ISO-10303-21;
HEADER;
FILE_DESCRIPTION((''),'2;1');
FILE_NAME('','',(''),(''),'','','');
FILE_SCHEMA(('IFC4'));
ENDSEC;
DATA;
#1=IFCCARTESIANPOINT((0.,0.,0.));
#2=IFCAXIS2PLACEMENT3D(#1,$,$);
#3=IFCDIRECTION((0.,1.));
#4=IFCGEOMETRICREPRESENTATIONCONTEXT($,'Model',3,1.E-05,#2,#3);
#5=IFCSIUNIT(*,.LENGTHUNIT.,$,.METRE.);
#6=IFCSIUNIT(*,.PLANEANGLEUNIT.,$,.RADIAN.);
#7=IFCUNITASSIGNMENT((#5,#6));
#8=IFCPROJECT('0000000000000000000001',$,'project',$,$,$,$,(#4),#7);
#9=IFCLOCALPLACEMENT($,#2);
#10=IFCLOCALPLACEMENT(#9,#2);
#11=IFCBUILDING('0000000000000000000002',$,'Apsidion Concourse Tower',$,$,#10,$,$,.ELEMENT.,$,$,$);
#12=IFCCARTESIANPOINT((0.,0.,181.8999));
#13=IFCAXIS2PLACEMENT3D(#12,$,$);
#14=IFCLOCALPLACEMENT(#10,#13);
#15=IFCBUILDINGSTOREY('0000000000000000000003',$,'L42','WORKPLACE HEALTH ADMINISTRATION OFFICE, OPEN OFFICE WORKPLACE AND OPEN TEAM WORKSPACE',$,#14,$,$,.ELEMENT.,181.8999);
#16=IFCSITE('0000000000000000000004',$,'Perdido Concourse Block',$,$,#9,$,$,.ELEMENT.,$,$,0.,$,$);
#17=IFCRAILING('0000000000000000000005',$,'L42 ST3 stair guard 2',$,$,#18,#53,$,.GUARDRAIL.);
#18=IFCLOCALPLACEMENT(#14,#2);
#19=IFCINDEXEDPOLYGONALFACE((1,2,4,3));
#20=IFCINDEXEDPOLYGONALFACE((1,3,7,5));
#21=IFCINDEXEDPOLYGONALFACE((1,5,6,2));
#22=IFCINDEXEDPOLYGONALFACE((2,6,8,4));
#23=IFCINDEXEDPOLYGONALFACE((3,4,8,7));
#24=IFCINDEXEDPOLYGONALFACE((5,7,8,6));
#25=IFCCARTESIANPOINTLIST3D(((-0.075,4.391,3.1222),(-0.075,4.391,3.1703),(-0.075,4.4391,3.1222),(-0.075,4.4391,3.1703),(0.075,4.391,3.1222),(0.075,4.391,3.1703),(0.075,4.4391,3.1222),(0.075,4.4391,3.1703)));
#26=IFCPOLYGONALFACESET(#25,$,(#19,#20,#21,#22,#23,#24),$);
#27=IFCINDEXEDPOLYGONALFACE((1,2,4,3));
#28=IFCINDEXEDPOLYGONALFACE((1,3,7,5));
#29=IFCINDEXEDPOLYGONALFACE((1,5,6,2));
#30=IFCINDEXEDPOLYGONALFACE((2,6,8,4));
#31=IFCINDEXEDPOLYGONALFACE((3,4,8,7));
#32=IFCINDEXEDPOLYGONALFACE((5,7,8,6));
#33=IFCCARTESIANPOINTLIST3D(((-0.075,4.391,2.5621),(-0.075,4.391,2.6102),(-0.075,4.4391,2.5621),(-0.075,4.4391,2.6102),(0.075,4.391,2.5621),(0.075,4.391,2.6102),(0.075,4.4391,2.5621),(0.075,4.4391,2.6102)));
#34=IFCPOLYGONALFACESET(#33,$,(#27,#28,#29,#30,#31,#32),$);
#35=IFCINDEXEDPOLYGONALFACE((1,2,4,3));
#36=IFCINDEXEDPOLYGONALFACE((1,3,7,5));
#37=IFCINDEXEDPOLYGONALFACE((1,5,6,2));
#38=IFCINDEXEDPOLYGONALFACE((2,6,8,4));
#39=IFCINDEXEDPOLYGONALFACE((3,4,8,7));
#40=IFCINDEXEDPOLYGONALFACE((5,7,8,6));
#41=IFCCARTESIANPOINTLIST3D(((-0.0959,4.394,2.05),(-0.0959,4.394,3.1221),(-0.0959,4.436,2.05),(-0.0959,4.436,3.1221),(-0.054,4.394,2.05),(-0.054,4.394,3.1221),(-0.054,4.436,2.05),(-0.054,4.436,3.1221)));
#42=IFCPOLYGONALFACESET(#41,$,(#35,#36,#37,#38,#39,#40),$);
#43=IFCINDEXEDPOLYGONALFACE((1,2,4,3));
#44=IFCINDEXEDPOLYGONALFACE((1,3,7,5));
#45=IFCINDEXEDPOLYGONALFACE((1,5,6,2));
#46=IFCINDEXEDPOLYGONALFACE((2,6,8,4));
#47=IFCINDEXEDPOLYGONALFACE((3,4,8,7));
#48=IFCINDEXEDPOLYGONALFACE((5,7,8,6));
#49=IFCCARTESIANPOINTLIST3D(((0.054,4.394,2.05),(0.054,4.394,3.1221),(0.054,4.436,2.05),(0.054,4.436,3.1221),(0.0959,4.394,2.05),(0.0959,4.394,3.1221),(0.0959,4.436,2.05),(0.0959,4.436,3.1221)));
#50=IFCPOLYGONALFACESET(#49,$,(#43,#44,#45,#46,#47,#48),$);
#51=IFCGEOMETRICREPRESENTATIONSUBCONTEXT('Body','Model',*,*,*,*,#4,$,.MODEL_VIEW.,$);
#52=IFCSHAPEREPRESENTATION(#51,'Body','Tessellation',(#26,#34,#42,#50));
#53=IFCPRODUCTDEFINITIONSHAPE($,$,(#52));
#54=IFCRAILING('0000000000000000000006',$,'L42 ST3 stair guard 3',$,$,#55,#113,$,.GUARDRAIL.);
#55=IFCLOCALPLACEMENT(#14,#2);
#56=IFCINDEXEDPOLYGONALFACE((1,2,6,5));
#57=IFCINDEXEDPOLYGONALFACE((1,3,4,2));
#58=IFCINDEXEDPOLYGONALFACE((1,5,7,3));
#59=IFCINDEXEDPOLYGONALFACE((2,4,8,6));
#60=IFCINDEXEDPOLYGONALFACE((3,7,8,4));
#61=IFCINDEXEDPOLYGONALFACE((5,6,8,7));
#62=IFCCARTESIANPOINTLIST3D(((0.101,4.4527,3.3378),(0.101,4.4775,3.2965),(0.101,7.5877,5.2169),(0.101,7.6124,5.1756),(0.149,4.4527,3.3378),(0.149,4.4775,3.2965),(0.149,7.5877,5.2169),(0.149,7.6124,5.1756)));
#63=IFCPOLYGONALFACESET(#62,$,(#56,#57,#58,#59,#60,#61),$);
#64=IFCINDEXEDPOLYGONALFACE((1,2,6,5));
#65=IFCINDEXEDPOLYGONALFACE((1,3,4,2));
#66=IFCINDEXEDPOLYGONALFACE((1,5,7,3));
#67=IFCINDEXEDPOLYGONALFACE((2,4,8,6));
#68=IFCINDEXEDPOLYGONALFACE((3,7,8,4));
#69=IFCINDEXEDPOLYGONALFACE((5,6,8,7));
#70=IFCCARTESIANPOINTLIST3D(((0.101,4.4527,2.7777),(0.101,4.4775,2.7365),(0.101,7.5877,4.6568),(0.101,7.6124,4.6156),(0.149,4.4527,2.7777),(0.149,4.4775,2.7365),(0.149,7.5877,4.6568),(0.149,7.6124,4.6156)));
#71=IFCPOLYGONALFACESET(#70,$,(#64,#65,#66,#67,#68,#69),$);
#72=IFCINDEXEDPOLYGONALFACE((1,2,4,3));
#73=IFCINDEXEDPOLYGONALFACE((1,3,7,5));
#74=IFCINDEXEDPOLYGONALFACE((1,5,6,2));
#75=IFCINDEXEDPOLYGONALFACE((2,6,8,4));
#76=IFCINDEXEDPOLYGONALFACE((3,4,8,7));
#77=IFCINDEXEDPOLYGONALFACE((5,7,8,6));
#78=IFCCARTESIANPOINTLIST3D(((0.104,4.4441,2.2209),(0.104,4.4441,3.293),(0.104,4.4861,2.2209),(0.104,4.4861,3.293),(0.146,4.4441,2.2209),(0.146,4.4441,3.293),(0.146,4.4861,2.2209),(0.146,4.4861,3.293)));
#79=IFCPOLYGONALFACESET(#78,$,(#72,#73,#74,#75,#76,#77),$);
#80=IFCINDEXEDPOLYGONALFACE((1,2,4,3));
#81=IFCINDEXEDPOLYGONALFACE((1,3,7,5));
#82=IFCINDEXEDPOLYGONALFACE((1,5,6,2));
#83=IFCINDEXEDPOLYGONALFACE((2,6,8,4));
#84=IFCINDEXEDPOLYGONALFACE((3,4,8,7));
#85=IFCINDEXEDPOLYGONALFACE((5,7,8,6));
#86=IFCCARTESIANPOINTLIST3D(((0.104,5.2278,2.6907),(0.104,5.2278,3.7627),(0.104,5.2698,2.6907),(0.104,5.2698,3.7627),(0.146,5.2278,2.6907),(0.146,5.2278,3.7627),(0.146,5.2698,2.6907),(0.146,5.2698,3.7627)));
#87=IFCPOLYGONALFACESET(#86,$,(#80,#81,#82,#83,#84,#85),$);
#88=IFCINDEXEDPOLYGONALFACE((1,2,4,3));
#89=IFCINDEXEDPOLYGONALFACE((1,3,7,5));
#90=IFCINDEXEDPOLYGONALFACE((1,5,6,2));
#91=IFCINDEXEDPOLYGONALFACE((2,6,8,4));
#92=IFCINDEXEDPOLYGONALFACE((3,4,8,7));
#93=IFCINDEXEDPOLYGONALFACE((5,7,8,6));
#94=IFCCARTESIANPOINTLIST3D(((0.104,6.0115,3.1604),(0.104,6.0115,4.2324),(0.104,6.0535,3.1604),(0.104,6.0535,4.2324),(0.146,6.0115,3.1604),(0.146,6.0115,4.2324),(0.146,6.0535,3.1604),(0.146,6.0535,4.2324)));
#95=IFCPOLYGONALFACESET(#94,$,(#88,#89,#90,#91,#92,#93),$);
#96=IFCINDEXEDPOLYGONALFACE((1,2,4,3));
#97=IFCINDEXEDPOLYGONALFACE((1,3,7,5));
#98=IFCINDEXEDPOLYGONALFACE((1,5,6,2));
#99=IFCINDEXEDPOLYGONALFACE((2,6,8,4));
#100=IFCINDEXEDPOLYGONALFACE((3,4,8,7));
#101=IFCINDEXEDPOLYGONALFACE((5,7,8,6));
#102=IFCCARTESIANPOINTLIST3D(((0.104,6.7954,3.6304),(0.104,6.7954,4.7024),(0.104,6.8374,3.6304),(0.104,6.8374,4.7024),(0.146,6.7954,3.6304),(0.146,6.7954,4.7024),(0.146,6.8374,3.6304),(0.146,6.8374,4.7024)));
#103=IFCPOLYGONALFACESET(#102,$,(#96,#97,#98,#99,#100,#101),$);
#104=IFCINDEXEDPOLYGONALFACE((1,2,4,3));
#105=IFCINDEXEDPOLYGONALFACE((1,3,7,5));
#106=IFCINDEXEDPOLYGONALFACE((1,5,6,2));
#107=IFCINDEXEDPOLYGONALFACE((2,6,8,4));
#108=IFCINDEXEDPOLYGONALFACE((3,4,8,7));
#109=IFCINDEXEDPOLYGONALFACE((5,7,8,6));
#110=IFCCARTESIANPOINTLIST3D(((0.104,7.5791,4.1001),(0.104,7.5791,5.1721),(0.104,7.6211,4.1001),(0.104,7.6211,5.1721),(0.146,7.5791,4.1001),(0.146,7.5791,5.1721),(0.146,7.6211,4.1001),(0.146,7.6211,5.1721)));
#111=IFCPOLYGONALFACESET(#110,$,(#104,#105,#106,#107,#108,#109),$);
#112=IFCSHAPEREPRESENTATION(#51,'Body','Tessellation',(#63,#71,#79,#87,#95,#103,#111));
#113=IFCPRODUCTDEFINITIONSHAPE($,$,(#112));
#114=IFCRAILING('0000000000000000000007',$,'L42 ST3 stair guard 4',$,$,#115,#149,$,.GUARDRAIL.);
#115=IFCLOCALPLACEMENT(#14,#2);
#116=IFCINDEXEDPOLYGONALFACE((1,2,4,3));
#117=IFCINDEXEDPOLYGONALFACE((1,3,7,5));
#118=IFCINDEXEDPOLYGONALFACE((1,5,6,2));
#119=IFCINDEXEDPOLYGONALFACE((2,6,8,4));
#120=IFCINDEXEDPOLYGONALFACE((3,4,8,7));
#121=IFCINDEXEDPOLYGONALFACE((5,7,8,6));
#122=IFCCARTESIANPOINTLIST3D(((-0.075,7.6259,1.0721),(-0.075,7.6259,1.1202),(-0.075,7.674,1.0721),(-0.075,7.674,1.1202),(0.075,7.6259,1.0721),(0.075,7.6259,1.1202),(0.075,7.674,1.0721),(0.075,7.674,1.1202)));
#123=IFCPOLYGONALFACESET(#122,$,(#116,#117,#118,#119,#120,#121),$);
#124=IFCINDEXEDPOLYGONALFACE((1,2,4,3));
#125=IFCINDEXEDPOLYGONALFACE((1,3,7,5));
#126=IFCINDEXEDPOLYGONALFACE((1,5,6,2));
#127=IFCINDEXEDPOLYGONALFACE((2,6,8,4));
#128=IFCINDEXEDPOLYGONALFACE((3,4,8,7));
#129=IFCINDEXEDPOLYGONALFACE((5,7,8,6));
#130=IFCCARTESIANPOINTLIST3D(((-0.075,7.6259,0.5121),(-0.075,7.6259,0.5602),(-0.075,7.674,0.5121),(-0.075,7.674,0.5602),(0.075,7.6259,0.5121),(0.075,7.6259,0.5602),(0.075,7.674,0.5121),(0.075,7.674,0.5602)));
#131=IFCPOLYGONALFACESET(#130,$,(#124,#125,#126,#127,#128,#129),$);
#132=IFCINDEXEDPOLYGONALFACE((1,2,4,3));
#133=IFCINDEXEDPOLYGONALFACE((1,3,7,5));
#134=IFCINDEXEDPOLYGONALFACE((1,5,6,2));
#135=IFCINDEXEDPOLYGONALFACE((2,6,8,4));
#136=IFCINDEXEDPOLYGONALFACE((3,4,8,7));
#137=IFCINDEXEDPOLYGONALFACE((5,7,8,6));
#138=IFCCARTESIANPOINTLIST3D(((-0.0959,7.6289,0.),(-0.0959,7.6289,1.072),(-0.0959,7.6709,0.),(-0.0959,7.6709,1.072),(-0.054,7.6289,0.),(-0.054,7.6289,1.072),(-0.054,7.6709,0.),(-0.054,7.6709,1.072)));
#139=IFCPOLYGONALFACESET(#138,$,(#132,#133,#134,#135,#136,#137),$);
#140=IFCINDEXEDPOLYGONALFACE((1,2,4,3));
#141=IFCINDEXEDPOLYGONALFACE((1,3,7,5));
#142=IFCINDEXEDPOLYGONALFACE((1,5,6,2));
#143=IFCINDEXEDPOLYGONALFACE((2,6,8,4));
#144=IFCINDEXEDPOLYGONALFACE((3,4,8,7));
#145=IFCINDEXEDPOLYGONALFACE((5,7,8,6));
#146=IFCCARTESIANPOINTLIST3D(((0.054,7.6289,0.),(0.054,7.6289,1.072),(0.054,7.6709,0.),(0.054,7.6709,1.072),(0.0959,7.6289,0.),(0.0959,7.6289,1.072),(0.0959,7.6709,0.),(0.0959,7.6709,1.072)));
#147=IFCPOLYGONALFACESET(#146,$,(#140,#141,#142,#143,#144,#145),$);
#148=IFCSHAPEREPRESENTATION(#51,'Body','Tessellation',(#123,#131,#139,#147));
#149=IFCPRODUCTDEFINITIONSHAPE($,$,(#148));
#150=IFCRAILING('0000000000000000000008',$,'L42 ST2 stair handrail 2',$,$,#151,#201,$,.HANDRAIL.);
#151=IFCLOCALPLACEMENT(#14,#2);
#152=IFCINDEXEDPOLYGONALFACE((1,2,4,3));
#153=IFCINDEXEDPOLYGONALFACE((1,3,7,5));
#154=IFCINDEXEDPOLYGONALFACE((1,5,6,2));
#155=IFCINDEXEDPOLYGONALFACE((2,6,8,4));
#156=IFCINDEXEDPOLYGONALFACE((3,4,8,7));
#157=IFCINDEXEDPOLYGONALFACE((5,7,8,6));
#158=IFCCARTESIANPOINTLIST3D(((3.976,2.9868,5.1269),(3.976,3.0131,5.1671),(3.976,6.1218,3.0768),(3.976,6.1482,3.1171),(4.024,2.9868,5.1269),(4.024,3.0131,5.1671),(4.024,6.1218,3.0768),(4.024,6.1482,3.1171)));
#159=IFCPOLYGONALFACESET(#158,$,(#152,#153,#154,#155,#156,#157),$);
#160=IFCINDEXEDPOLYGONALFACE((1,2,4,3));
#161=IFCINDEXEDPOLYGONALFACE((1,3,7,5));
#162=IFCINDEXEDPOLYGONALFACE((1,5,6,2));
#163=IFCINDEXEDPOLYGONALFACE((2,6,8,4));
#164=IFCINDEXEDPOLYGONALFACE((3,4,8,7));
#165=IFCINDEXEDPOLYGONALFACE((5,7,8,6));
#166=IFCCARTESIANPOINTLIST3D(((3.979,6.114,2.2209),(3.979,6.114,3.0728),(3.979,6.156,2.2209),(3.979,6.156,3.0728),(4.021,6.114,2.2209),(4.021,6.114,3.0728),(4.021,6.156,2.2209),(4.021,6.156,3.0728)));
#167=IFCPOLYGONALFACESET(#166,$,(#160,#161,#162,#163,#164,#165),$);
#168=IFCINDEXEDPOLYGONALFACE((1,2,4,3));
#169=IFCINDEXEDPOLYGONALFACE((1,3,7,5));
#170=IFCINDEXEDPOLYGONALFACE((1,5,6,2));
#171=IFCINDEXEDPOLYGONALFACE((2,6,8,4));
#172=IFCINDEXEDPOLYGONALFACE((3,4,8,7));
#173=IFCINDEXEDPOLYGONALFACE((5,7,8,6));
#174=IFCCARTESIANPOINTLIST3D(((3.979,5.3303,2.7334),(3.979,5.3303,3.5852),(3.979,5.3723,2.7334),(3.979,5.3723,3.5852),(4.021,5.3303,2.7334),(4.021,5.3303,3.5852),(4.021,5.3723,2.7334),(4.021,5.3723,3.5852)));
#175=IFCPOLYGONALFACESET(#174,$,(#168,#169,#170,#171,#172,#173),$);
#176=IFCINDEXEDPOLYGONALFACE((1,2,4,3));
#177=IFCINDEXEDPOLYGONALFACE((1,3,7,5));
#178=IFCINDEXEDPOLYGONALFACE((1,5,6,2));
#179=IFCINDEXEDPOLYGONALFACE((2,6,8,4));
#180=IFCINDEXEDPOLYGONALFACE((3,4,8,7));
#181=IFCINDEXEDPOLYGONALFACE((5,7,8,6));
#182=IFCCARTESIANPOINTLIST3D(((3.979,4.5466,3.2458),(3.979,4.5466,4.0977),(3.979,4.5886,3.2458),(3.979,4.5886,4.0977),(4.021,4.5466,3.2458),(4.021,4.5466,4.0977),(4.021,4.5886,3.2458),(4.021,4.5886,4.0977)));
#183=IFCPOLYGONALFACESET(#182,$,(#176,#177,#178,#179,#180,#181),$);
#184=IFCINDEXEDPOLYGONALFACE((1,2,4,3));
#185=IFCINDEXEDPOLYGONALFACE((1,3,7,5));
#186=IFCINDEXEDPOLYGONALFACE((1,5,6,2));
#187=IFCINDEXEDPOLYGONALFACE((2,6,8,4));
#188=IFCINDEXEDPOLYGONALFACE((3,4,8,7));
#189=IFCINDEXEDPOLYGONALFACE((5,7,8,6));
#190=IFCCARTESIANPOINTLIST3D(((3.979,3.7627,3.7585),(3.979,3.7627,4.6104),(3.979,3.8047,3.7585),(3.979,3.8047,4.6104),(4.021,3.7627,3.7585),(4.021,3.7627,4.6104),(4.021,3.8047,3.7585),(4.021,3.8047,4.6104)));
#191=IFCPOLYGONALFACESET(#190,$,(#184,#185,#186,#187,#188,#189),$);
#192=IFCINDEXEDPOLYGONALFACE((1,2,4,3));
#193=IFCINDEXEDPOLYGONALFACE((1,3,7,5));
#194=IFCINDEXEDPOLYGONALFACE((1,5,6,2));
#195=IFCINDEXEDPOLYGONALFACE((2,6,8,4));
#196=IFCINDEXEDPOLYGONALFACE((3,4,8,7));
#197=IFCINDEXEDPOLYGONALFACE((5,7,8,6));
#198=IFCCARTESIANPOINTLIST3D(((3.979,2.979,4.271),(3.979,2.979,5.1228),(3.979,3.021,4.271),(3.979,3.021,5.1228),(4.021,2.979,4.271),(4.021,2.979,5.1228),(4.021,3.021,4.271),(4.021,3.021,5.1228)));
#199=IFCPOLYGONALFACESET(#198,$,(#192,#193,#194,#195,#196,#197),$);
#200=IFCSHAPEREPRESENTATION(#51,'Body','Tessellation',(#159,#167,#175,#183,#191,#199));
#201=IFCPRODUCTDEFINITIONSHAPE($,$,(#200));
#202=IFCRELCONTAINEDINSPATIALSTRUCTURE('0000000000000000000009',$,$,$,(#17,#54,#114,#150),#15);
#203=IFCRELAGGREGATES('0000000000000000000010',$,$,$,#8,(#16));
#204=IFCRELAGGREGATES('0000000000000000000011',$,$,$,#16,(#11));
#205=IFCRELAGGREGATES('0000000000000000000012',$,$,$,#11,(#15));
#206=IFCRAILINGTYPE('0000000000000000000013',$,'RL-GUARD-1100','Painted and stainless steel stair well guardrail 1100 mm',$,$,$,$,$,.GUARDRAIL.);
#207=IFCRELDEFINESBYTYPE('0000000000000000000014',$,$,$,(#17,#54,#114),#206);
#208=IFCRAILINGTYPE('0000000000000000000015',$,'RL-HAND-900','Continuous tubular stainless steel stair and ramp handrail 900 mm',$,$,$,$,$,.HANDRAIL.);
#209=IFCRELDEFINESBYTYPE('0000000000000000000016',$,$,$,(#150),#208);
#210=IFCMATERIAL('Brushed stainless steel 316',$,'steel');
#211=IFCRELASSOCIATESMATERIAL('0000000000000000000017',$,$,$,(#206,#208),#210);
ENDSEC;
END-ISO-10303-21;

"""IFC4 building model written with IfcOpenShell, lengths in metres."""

from ifc_helpers import new_model, si_unit, direction, frame, origin, origin_2d, place, context, subcontext, project, spatial, rectangle, extrude, material, type_object, element, save


model = new_model("IFC4")

# Units and contexts
model_context = context("Model", 3, precision=1e-05, world=origin(), true_north=direction((0.0, 1.0)))
body_context = subcontext(model_context, "Body", "Model", "MODEL_VIEW")
ifc_project = project(units=[si_unit("LENGTHUNIT", "METRE"), si_unit("PLANEANGLEUNIT", "RADIAN")], contexts=[model_context])

# Site, building, storey
site_placement = place(None, origin())
site = spatial("IfcSite", under=ifc_project, at=site_placement, Name="Perdido Concourse Block", CompositionType="ELEMENT", RefElevation=0.0)
building_placement = place(site_placement, origin())
building = spatial("IfcBuilding", under=site, at=building_placement, Name="Apsidion Concourse Tower", CompositionType="ELEMENT")
storey_placement = place(building_placement, frame((0.0, 0.0, 181.8999)))
storey = spatial("IfcBuildingStorey", under=building, at=storey_placement, Name="L42", Description="WORKPLACE HEALTH ADMINISTRATION OFFICE, OPEN OFFICE WORKPLACE AND OPEN TEAM WORKSPACE", CompositionType="ELEMENT", Elevation=181.8999)

# Railings
ifc_material_1 = material(Name="Brushed stainless steel 316", Category="steel")
railing_type_1 = type_object("IfcRailingType", Name="RL-GUARD-1100", Description="Painted and stainless steel stair well guardrail 1100 mm", PredefinedType="GUARDRAIL", material=ifc_material_1)
railing_1_placement = place(storey_placement, frame((-0.075, 4.415, 2.05)))
element("IfcRailing", 1, at=railing_1_placement, inside=storey, type_object=railing_type_1, Name="L42 ST3 stair guard 2", PredefinedType="GUARDRAIL", context=body_context, shape_type="SweptSolid", body=[
    extrude(rectangle(XDim=0.0481, YDim=0.0481, at=origin_2d()), frame((0.0, 0.0, 1.0962), z_axis=(1.0, 0.0, 0.0), x_axis=(0.0, 1.0, 0.0)), (0.0, 0.0, 1.0), 0.1499),
    extrude(rectangle(XDim=0.0481, YDim=0.0481, at=origin_2d()), frame((0.0, 0.0, 0.5361), z_axis=(1.0, 0.0, 0.0), x_axis=(0.0, 1.0, 0.0)), (0.0, 0.0, 1.0), 0.1499),
    extrude(rectangle(XDim=0.042, YDim=0.042, at=origin_2d()), origin(), (0.0, 0.0, 1.0), 1.072),
    extrude(rectangle(XDim=0.042, YDim=0.042, at=origin_2d()), frame((0.1499, 0.0, 0.0)), (0.0, 0.0, 1.0), 1.072),
])
railing_2_placement = place(storey_placement, frame((0.125, 4.4651, 2.2209)))
element("IfcRailing", 2, at=railing_2_placement, inside=storey, type_object=railing_type_1, Name="L42 ST3 stair guard 3", PredefinedType="GUARDRAIL", context=body_context, shape_type="SweptSolid", body=[
    extrude(rectangle(XDim=0.0481, YDim=0.0481, at=origin_2d()), frame((0.0, 0.0, 1.0962), z_axis=(0.0, 0.857717, 0.514122), x_axis=(-1.0, 0.0, 0.0)), (0.0, 0.0, 1.0), 3.655),
    extrude(rectangle(XDim=0.0481, YDim=0.0481, at=origin_2d()), frame((0.0, 0.0, 0.5361), z_axis=(0.0, 0.857717, 0.514122), x_axis=(-1.0, 0.0, 0.0)), (0.0, 0.0, 1.0), 3.655),
    extrude(rectangle(XDim=0.042, YDim=0.042, at=origin_2d()), origin(), (0.0, 0.0, 1.0), 1.072),
    extrude(rectangle(XDim=0.042, YDim=0.042, at=origin_2d()), frame((0.0, 0.7837, 0.4697)), (0.0, 0.0, 1.0), 1.072),
    extrude(rectangle(XDim=0.042, YDim=0.042, at=origin_2d()), frame((0.0, 1.5674, 0.9395)), (0.0, 0.0, 1.0), 1.072),
    extrude(rectangle(XDim=0.042, YDim=0.042, at=origin_2d()), frame((0.0, 2.3513, 1.4094)), (0.0, 0.0, 1.0), 1.072),
    extrude(rectangle(XDim=0.042, YDim=0.042, at=origin_2d()), frame((0.0, 3.135, 1.8792)), (0.0, 0.0, 1.0), 1.072),
])
railing_3_placement = place(storey_placement, frame((-0.075, 7.6499, 0.0)))
element("IfcRailing", 3, at=railing_3_placement, inside=storey, type_object=railing_type_1, Name="L42 ST3 stair guard 4", PredefinedType="GUARDRAIL", context=body_context, shape_type="SweptSolid", body=[
    extrude(rectangle(XDim=0.0481, YDim=0.0481, at=origin_2d()), frame((0.0, 0.0, 1.0962), z_axis=(1.0, 0.0, 0.0), x_axis=(0.0, 1.0, 0.0)), (0.0, 0.0, 1.0), 0.1499),
    extrude(rectangle(XDim=0.0481, YDim=0.0481, at=origin_2d()), frame((0.0, 0.0, 0.5361), z_axis=(1.0, 0.0, 0.0), x_axis=(0.0, 1.0, 0.0)), (0.0, 0.0, 1.0), 0.1499),
    extrude(rectangle(XDim=0.042, YDim=0.042, at=origin_2d()), origin(), (0.0, 0.0, 1.0), 1.072),
    extrude(rectangle(XDim=0.042, YDim=0.042, at=origin_2d()), frame((0.1499, 0.0, 0.0)), (0.0, 0.0, 1.0), 1.072),
])
railing_type_2 = type_object("IfcRailingType", Name="RL-HAND-900", Description="Continuous tubular stainless steel stair and ramp handrail 900 mm", PredefinedType="HANDRAIL", material=ifc_material_1)
railing_4_placement = place(storey_placement, frame((4.0, 6.135, 2.2209)))
element("IfcRailing", 4, at=railing_4_placement, inside=storey, type_object=railing_type_2, Name="L42 ST2 stair handrail 2", PredefinedType="HANDRAIL", context=body_context, shape_type="SweptSolid", body=[
    extrude(rectangle(XDim=0.0481, YDim=0.0481, at=origin_2d()), frame((0.0, 0.0, 0.876), z_axis=(0.0, -0.836941, 0.547293), x_axis=(1.0, 0.0, 0.0)), (0.0, 0.0, 1.0), 3.7458),
    extrude(rectangle(XDim=0.042, YDim=0.042, at=origin_2d()), origin(), (0.0, 0.0, 1.0), 0.8518),
    extrude(rectangle(XDim=0.042, YDim=0.042, at=origin_2d()), frame((0.0, -0.7837, 0.5125)), (0.0, 0.0, 1.0), 0.8518),
    extrude(rectangle(XDim=0.042, YDim=0.042, at=origin_2d()), frame((0.0, -1.5674, 1.0249)), (0.0, 0.0, 1.0), 0.8518),
    extrude(rectangle(XDim=0.042, YDim=0.042, at=origin_2d()), frame((0.0, -2.3513, 1.5376)), (0.0, 0.0, 1.0), 0.8518),
    extrude(rectangle(XDim=0.042, YDim=0.042, at=origin_2d()), frame((0.0, -3.135, 2.05)), (0.0, 0.0, 1.0), 0.8518),
])

save(model, "model.ifc")
